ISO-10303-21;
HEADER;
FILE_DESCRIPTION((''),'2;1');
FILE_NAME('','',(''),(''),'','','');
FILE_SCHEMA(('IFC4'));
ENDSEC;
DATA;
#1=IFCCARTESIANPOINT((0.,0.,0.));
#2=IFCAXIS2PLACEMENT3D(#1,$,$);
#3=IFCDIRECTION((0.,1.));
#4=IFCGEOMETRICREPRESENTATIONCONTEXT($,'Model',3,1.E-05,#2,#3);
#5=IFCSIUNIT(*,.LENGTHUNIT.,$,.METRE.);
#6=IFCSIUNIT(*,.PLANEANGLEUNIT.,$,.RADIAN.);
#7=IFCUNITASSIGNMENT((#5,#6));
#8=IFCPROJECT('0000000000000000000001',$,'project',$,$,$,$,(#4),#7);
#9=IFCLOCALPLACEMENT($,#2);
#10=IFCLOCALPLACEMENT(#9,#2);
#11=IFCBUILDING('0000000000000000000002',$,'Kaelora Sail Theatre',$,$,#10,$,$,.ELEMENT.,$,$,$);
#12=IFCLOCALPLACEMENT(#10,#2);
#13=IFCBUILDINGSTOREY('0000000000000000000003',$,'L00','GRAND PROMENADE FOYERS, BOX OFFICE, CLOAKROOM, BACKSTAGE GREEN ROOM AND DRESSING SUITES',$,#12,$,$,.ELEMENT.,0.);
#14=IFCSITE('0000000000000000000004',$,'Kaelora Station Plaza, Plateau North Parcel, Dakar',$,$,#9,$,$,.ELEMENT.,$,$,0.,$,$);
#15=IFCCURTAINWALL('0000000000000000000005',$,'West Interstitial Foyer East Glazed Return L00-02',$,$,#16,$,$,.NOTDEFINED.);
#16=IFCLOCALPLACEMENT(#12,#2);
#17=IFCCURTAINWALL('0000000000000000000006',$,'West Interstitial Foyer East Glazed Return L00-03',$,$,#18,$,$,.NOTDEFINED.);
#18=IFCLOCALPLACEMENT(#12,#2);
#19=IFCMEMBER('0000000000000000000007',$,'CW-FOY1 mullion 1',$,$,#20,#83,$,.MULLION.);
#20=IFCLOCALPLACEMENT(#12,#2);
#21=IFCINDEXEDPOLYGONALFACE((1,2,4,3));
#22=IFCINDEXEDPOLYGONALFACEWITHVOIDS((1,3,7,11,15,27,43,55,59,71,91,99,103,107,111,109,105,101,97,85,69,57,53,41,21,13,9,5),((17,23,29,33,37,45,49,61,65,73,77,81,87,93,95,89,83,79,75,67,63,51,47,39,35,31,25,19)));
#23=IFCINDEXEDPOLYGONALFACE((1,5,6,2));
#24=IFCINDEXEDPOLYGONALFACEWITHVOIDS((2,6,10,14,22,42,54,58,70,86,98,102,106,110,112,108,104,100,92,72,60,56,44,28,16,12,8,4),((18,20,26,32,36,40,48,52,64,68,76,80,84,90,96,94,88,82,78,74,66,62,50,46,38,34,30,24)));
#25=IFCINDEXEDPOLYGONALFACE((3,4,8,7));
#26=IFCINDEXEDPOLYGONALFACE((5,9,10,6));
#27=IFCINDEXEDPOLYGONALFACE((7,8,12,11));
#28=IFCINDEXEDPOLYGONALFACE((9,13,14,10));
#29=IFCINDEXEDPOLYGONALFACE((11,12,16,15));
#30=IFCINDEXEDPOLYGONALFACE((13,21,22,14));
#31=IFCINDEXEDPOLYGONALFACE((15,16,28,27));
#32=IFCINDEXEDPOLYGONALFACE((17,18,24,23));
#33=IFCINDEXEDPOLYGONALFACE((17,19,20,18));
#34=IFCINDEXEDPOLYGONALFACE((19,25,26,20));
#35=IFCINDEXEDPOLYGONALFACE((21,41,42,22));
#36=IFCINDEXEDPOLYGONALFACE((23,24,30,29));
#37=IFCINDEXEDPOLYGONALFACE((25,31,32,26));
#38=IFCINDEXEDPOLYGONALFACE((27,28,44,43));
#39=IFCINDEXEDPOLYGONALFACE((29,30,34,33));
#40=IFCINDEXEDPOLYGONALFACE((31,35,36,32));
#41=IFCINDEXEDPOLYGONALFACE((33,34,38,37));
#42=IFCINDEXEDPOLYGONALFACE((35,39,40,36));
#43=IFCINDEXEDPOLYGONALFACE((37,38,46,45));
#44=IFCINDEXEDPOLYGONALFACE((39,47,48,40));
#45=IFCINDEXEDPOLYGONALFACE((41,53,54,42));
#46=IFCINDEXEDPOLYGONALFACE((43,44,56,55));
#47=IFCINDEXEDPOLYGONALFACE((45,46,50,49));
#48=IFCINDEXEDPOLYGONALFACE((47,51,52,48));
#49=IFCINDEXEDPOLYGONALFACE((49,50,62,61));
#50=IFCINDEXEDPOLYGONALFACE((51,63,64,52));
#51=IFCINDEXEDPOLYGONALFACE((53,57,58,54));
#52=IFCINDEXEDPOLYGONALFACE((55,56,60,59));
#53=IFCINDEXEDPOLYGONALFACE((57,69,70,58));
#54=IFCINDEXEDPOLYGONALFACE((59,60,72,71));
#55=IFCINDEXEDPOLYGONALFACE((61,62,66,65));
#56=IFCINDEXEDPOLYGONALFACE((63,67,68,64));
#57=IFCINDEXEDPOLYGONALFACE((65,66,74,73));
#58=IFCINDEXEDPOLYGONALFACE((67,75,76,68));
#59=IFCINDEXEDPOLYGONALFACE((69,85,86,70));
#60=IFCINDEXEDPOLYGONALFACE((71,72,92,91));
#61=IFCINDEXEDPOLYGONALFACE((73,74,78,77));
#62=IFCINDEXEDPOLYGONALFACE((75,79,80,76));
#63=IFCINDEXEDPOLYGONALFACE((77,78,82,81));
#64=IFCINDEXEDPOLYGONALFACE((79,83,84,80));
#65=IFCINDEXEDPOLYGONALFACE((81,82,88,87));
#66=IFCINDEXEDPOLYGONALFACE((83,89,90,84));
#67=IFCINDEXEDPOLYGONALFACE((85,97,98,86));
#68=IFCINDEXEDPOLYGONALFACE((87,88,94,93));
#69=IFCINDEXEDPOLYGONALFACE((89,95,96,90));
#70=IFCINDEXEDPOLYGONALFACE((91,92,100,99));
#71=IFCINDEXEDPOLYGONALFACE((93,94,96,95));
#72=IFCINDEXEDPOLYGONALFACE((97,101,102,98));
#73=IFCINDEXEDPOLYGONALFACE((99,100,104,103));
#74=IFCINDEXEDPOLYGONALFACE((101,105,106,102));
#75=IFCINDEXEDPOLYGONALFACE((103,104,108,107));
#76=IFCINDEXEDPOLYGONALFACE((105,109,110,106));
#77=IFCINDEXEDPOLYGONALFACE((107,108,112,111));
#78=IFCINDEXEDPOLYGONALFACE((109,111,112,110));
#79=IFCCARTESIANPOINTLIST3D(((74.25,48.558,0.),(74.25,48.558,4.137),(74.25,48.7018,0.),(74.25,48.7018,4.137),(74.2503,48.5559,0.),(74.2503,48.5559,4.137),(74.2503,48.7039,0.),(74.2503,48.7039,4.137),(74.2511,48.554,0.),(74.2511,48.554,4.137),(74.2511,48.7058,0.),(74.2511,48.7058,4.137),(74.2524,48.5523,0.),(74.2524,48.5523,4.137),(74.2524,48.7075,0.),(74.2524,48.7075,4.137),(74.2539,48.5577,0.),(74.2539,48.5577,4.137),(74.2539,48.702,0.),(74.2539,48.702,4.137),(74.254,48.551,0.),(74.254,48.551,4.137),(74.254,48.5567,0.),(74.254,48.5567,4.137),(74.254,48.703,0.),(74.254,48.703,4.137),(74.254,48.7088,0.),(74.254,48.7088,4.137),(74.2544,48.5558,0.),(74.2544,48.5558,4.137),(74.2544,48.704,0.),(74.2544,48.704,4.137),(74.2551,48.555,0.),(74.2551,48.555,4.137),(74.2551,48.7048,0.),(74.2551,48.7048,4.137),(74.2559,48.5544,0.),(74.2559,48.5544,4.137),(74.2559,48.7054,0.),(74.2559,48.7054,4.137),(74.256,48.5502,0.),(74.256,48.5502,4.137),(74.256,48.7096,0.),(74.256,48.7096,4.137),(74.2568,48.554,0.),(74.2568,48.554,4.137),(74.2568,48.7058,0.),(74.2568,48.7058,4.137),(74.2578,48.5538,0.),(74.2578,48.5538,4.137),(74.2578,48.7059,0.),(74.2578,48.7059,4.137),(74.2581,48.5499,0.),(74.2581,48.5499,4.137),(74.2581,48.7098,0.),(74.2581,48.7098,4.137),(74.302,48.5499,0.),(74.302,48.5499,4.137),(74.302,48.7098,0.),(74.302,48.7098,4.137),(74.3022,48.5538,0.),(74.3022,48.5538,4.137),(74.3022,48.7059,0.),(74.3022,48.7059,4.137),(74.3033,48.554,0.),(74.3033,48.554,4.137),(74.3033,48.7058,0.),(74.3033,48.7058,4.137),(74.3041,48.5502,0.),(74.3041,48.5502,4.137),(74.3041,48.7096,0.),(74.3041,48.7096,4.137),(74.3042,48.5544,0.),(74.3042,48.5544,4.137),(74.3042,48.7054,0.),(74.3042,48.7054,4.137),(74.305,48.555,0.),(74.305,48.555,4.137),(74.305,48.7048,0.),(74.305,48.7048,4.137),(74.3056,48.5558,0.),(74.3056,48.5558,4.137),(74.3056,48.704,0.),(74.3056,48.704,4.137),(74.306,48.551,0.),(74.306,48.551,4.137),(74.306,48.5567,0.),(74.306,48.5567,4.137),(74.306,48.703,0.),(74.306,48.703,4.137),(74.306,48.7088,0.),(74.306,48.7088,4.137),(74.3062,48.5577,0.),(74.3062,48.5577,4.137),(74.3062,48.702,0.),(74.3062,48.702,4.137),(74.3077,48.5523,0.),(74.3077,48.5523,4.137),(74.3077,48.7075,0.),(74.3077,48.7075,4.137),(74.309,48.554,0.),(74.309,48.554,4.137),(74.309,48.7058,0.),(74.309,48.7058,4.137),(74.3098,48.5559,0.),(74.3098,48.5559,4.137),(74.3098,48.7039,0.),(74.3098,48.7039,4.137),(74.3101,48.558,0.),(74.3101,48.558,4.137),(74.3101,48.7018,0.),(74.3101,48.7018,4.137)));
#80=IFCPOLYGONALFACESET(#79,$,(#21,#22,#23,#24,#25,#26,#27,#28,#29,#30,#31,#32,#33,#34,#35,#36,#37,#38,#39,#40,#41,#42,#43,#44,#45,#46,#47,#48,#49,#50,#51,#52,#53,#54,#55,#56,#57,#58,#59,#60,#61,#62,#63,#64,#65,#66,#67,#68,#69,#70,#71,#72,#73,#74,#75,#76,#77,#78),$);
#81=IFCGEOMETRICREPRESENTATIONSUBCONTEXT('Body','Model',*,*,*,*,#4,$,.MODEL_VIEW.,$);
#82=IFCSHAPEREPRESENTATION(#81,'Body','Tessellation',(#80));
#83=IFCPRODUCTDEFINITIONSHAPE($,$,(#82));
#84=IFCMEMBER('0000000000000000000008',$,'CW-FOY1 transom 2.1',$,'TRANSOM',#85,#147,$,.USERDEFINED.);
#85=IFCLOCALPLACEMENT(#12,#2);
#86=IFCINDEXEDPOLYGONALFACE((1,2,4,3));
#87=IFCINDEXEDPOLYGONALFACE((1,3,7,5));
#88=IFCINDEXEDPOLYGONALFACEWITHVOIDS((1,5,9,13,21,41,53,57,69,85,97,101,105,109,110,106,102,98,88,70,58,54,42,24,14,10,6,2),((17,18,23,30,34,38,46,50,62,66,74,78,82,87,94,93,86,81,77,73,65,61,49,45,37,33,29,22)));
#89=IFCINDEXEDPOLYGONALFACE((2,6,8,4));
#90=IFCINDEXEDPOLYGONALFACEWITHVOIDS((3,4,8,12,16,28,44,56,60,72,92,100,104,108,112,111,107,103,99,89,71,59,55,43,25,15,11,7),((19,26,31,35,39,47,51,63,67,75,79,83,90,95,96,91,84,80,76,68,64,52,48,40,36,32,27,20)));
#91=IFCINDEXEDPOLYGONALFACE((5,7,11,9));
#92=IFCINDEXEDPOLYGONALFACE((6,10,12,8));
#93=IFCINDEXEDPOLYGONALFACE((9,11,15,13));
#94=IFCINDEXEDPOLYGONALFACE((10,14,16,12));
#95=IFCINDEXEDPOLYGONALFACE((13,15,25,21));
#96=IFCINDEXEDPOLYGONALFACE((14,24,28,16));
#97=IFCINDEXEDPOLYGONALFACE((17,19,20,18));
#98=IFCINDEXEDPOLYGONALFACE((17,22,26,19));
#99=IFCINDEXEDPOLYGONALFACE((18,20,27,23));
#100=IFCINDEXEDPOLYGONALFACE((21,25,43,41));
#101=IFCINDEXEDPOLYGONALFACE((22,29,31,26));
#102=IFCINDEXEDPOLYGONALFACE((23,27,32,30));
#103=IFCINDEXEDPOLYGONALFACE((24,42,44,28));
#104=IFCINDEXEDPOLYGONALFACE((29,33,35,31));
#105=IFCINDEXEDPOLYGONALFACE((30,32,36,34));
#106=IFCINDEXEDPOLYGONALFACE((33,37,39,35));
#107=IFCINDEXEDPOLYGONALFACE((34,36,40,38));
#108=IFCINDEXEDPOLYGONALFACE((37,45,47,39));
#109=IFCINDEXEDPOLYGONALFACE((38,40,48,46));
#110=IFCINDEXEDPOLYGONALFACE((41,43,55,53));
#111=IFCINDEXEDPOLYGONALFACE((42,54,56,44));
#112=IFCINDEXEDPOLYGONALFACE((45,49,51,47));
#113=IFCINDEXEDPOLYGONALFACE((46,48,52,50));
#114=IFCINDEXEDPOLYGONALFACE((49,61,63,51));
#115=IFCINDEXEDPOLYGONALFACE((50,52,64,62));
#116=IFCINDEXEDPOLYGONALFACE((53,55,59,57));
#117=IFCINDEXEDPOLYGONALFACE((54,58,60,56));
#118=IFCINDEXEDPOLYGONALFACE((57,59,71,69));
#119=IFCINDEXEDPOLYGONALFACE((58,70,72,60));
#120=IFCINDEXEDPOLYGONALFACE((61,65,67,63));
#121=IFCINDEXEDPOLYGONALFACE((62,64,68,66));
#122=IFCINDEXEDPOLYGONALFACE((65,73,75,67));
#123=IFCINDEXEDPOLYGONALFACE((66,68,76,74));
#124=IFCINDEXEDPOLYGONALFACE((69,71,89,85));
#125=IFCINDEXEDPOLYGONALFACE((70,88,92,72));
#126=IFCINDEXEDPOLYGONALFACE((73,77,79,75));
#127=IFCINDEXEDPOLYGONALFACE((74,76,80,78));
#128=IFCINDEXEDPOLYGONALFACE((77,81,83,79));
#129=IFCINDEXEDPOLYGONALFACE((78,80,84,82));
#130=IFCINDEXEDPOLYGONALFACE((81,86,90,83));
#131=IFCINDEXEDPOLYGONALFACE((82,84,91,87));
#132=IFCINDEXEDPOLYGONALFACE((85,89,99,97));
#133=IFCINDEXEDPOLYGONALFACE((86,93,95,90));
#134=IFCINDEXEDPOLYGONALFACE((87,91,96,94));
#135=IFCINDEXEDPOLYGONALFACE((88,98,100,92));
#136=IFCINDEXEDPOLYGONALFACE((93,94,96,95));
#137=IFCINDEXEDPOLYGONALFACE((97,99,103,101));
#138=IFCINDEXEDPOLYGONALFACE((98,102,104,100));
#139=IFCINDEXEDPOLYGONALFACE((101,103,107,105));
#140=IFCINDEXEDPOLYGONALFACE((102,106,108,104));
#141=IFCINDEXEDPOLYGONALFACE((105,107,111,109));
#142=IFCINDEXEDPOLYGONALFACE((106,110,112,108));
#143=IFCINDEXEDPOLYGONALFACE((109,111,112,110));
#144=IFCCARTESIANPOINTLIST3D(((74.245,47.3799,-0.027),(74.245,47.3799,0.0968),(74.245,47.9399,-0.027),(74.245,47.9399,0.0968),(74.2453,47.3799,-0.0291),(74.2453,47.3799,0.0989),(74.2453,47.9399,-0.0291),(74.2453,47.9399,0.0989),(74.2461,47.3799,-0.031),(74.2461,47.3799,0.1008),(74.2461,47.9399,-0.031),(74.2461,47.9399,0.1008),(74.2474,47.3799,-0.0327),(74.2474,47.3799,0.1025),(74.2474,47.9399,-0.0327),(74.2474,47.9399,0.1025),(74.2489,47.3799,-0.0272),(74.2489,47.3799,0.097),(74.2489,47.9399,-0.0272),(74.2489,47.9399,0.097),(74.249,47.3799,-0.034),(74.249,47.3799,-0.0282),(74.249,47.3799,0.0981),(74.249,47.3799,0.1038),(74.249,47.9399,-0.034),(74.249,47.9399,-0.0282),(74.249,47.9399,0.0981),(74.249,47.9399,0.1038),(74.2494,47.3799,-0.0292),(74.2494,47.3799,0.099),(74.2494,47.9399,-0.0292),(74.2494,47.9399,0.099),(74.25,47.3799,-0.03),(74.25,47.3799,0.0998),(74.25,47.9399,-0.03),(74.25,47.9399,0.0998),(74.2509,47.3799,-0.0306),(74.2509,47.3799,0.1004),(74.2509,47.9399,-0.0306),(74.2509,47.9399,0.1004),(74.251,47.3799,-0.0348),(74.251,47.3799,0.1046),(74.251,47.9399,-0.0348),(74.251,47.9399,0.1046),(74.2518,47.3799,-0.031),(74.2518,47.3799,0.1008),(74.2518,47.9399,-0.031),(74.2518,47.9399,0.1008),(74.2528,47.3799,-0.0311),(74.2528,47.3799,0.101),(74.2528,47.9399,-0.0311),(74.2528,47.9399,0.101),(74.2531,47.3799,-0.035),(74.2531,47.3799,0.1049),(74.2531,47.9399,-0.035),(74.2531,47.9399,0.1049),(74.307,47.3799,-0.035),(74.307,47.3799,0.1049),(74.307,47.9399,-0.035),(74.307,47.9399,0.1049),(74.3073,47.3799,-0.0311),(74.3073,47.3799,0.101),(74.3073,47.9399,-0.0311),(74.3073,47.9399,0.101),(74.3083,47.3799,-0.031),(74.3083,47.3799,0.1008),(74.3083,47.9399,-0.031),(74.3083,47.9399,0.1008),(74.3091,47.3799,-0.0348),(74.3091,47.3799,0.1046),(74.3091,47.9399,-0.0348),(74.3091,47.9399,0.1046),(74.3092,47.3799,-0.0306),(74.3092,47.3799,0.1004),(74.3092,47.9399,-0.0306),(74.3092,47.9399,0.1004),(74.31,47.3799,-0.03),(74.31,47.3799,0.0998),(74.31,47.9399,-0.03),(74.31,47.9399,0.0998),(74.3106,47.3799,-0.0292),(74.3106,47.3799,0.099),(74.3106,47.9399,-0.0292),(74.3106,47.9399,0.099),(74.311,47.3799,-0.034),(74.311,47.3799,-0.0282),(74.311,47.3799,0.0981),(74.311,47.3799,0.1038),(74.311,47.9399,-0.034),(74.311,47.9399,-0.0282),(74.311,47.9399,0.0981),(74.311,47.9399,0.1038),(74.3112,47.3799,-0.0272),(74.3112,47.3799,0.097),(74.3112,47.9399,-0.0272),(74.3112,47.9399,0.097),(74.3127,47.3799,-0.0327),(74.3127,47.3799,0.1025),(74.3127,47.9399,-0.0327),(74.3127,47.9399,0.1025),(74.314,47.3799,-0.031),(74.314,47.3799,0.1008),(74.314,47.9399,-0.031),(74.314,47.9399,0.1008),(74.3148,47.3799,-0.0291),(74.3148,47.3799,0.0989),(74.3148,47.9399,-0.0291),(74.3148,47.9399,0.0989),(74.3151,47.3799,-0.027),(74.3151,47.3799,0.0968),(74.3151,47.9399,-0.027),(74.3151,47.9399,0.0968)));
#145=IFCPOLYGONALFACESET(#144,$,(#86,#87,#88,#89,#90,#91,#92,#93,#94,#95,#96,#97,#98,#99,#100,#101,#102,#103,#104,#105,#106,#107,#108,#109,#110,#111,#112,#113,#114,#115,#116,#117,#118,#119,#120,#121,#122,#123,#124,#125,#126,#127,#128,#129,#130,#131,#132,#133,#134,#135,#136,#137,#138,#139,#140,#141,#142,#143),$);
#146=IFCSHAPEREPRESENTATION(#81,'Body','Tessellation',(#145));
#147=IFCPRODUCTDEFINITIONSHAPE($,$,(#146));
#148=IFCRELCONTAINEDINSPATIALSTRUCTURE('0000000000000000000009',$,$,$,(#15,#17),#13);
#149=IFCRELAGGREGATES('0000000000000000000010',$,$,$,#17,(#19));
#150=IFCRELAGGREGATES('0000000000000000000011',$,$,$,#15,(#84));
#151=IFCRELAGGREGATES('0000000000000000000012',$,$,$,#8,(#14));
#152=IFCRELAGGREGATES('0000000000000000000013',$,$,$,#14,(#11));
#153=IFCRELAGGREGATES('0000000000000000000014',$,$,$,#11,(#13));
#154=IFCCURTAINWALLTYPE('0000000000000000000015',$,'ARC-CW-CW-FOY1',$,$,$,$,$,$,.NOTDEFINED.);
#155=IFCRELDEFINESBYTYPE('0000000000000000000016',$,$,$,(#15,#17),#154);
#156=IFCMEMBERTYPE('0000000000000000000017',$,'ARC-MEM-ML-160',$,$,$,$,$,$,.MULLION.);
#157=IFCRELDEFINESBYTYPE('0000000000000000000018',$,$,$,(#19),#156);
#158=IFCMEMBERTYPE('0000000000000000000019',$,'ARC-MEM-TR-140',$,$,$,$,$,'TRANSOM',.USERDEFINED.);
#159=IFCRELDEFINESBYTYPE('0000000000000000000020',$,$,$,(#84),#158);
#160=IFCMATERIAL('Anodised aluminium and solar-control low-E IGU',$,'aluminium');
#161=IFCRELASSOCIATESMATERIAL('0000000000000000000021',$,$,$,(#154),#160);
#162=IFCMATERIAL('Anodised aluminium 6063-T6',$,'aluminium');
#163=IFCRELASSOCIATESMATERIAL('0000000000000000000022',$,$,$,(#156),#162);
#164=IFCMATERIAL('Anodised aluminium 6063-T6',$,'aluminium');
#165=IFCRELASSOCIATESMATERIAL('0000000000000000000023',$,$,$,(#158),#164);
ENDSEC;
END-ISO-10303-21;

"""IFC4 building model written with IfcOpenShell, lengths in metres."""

from ifc_helpers import new_model, si_unit, direction, frame, origin, origin_2d, place, context, subcontext, project, spatial, hollow_rectangle, extrude, material, material_profile, profile_set, type_object, element, aggregate, save


model = new_model("IFC4")

# Units and contexts
model_context = context("Model", 3, precision=1e-05, world=origin(), true_north=direction((0.0, 1.0)))
body_context = subcontext(model_context, "Body", "Model", "MODEL_VIEW")
ifc_project = project(units=[si_unit("LENGTHUNIT", "METRE"), si_unit("PLANEANGLEUNIT", "RADIAN")], contexts=[model_context])

# Site, building, storey
site_placement = place(None, origin())
site = spatial("IfcSite", under=ifc_project, at=site_placement, Name="Kaelora Station Plaza, Plateau North Parcel, Dakar", CompositionType="ELEMENT", RefElevation=0.0)
building_placement = place(site_placement, origin())
building = spatial("IfcBuilding", under=site, at=building_placement, Name="Kaelora Sail Theatre", CompositionType="ELEMENT")
storey_placement = place(building_placement, origin())
storey = spatial("IfcBuildingStorey", under=building, at=storey_placement, Name="L00", Description="GRAND PROMENADE FOYERS, BOX OFFICE, CLOAKROOM, BACKSTAGE GREEN ROOM AND DRESSING SUITES", CompositionType="ELEMENT", Elevation=0.0)

# Curtain wall
ifc_material_1 = material(Name="Anodised aluminium and solar-control low-E IGU", Category="aluminium")
curtain_wall_type = type_object("IfcCurtainWallType", Name="ARC-CW-CW-FOY1", PredefinedType="NOTDEFINED", material=ifc_material_1)
curtain_wall_1_placement = place(storey_placement, origin())
curtain_wall_1 = element("IfcCurtainWall", 1, at=curtain_wall_1_placement, inside=storey, type_object=curtain_wall_type, Name="West Interstitial Foyer East Glazed Return L00-02", PredefinedType="NOTDEFINED")
ifc_material_2 = material(Name="Anodised aluminium 6063-T6", Category="aluminium")
ifc_material_profile_1 = material_profile(ifc_material_2, hollow_rectangle(XDim=0.0601, YDim=0.1599, WallThickness=0.0039, InnerFilletRadius=0.0039, OuterFilletRadius=0.0081, at=origin_2d()), Name="ALU-MULL 60x160x4")
ifc_profile_set_1 = profile_set([ifc_material_profile_1], Name="Anodised aluminium 6063-T6")
member_type_1 = type_object("IfcMemberType", Name="ARC-MEM-ML-160", PredefinedType="MULLION", material=ifc_profile_set_1)

# Curtain wall, member
curtain_wall_2_placement = place(storey_placement, origin())
curtain_wall_2 = element("IfcCurtainWall", 2, at=curtain_wall_2_placement, inside=storey, type_object=curtain_wall_type, Name="West Interstitial Foyer East Glazed Return L00-03", PredefinedType="NOTDEFINED")
member_1_placement = place(storey_placement, frame((74.28, 48.6299, 0.0), z_axis=(0.0, 0.0, 1.0), x_axis=(-1.0, 0.0, 0.0)))
member_1 = element("IfcMember", 3, at=member_1_placement, type_object=member_type_1, Name="CW-FOY1 mullion 1", PredefinedType="MULLION", context=body_context, shape_type="SweptSolid", body=[
    extrude(hollow_rectangle(XDim=0.0601, YDim=0.1599, WallThickness=0.0039, InnerFilletRadius=0.0039, OuterFilletRadius=0.0081, at=origin_2d()), origin(), (0.0, 0.0, 1.0), 4.137),
])

# Member
ifc_material_3 = material(Name="Anodised aluminium 6063-T6", Category="aluminium")
ifc_material_profile_2 = material_profile(ifc_material_3, hollow_rectangle(XDim=0.0701, YDim=0.1399, WallThickness=0.0039, InnerFilletRadius=0.0039, OuterFilletRadius=0.0081, at=origin_2d()), Name="ALU-TRAN 70x140x4")
ifc_profile_set_2 = profile_set([ifc_material_profile_2], Name="Anodised aluminium 6063-T6")
member_type_2 = type_object("IfcMemberType", Name="ARC-MEM-TR-140", ElementType="TRANSOM", PredefinedType="USERDEFINED", material=ifc_profile_set_2)
member_2_placement = place(storey_placement, frame((74.28, 47.3799, 0.0349), z_axis=(0.0, 1.0, 0.0), x_axis=(-1.0, 0.0, 0.0)))
member_2 = element("IfcMember", 4, at=member_2_placement, type_object=member_type_2, Name="CW-FOY1 transom 2.1", ObjectType="TRANSOM", PredefinedType="USERDEFINED", context=body_context, shape_type="SweptSolid", body=[
    extrude(hollow_rectangle(XDim=0.0701, YDim=0.1399, WallThickness=0.0039, InnerFilletRadius=0.0039, OuterFilletRadius=0.0081, at=origin_2d()), origin(), (0.0, 0.0, 1.0), 0.5601),
])
aggregate(curtain_wall_2, [member_1])

aggregate(curtain_wall_1, [member_2])

save(model, "model.ifc")
